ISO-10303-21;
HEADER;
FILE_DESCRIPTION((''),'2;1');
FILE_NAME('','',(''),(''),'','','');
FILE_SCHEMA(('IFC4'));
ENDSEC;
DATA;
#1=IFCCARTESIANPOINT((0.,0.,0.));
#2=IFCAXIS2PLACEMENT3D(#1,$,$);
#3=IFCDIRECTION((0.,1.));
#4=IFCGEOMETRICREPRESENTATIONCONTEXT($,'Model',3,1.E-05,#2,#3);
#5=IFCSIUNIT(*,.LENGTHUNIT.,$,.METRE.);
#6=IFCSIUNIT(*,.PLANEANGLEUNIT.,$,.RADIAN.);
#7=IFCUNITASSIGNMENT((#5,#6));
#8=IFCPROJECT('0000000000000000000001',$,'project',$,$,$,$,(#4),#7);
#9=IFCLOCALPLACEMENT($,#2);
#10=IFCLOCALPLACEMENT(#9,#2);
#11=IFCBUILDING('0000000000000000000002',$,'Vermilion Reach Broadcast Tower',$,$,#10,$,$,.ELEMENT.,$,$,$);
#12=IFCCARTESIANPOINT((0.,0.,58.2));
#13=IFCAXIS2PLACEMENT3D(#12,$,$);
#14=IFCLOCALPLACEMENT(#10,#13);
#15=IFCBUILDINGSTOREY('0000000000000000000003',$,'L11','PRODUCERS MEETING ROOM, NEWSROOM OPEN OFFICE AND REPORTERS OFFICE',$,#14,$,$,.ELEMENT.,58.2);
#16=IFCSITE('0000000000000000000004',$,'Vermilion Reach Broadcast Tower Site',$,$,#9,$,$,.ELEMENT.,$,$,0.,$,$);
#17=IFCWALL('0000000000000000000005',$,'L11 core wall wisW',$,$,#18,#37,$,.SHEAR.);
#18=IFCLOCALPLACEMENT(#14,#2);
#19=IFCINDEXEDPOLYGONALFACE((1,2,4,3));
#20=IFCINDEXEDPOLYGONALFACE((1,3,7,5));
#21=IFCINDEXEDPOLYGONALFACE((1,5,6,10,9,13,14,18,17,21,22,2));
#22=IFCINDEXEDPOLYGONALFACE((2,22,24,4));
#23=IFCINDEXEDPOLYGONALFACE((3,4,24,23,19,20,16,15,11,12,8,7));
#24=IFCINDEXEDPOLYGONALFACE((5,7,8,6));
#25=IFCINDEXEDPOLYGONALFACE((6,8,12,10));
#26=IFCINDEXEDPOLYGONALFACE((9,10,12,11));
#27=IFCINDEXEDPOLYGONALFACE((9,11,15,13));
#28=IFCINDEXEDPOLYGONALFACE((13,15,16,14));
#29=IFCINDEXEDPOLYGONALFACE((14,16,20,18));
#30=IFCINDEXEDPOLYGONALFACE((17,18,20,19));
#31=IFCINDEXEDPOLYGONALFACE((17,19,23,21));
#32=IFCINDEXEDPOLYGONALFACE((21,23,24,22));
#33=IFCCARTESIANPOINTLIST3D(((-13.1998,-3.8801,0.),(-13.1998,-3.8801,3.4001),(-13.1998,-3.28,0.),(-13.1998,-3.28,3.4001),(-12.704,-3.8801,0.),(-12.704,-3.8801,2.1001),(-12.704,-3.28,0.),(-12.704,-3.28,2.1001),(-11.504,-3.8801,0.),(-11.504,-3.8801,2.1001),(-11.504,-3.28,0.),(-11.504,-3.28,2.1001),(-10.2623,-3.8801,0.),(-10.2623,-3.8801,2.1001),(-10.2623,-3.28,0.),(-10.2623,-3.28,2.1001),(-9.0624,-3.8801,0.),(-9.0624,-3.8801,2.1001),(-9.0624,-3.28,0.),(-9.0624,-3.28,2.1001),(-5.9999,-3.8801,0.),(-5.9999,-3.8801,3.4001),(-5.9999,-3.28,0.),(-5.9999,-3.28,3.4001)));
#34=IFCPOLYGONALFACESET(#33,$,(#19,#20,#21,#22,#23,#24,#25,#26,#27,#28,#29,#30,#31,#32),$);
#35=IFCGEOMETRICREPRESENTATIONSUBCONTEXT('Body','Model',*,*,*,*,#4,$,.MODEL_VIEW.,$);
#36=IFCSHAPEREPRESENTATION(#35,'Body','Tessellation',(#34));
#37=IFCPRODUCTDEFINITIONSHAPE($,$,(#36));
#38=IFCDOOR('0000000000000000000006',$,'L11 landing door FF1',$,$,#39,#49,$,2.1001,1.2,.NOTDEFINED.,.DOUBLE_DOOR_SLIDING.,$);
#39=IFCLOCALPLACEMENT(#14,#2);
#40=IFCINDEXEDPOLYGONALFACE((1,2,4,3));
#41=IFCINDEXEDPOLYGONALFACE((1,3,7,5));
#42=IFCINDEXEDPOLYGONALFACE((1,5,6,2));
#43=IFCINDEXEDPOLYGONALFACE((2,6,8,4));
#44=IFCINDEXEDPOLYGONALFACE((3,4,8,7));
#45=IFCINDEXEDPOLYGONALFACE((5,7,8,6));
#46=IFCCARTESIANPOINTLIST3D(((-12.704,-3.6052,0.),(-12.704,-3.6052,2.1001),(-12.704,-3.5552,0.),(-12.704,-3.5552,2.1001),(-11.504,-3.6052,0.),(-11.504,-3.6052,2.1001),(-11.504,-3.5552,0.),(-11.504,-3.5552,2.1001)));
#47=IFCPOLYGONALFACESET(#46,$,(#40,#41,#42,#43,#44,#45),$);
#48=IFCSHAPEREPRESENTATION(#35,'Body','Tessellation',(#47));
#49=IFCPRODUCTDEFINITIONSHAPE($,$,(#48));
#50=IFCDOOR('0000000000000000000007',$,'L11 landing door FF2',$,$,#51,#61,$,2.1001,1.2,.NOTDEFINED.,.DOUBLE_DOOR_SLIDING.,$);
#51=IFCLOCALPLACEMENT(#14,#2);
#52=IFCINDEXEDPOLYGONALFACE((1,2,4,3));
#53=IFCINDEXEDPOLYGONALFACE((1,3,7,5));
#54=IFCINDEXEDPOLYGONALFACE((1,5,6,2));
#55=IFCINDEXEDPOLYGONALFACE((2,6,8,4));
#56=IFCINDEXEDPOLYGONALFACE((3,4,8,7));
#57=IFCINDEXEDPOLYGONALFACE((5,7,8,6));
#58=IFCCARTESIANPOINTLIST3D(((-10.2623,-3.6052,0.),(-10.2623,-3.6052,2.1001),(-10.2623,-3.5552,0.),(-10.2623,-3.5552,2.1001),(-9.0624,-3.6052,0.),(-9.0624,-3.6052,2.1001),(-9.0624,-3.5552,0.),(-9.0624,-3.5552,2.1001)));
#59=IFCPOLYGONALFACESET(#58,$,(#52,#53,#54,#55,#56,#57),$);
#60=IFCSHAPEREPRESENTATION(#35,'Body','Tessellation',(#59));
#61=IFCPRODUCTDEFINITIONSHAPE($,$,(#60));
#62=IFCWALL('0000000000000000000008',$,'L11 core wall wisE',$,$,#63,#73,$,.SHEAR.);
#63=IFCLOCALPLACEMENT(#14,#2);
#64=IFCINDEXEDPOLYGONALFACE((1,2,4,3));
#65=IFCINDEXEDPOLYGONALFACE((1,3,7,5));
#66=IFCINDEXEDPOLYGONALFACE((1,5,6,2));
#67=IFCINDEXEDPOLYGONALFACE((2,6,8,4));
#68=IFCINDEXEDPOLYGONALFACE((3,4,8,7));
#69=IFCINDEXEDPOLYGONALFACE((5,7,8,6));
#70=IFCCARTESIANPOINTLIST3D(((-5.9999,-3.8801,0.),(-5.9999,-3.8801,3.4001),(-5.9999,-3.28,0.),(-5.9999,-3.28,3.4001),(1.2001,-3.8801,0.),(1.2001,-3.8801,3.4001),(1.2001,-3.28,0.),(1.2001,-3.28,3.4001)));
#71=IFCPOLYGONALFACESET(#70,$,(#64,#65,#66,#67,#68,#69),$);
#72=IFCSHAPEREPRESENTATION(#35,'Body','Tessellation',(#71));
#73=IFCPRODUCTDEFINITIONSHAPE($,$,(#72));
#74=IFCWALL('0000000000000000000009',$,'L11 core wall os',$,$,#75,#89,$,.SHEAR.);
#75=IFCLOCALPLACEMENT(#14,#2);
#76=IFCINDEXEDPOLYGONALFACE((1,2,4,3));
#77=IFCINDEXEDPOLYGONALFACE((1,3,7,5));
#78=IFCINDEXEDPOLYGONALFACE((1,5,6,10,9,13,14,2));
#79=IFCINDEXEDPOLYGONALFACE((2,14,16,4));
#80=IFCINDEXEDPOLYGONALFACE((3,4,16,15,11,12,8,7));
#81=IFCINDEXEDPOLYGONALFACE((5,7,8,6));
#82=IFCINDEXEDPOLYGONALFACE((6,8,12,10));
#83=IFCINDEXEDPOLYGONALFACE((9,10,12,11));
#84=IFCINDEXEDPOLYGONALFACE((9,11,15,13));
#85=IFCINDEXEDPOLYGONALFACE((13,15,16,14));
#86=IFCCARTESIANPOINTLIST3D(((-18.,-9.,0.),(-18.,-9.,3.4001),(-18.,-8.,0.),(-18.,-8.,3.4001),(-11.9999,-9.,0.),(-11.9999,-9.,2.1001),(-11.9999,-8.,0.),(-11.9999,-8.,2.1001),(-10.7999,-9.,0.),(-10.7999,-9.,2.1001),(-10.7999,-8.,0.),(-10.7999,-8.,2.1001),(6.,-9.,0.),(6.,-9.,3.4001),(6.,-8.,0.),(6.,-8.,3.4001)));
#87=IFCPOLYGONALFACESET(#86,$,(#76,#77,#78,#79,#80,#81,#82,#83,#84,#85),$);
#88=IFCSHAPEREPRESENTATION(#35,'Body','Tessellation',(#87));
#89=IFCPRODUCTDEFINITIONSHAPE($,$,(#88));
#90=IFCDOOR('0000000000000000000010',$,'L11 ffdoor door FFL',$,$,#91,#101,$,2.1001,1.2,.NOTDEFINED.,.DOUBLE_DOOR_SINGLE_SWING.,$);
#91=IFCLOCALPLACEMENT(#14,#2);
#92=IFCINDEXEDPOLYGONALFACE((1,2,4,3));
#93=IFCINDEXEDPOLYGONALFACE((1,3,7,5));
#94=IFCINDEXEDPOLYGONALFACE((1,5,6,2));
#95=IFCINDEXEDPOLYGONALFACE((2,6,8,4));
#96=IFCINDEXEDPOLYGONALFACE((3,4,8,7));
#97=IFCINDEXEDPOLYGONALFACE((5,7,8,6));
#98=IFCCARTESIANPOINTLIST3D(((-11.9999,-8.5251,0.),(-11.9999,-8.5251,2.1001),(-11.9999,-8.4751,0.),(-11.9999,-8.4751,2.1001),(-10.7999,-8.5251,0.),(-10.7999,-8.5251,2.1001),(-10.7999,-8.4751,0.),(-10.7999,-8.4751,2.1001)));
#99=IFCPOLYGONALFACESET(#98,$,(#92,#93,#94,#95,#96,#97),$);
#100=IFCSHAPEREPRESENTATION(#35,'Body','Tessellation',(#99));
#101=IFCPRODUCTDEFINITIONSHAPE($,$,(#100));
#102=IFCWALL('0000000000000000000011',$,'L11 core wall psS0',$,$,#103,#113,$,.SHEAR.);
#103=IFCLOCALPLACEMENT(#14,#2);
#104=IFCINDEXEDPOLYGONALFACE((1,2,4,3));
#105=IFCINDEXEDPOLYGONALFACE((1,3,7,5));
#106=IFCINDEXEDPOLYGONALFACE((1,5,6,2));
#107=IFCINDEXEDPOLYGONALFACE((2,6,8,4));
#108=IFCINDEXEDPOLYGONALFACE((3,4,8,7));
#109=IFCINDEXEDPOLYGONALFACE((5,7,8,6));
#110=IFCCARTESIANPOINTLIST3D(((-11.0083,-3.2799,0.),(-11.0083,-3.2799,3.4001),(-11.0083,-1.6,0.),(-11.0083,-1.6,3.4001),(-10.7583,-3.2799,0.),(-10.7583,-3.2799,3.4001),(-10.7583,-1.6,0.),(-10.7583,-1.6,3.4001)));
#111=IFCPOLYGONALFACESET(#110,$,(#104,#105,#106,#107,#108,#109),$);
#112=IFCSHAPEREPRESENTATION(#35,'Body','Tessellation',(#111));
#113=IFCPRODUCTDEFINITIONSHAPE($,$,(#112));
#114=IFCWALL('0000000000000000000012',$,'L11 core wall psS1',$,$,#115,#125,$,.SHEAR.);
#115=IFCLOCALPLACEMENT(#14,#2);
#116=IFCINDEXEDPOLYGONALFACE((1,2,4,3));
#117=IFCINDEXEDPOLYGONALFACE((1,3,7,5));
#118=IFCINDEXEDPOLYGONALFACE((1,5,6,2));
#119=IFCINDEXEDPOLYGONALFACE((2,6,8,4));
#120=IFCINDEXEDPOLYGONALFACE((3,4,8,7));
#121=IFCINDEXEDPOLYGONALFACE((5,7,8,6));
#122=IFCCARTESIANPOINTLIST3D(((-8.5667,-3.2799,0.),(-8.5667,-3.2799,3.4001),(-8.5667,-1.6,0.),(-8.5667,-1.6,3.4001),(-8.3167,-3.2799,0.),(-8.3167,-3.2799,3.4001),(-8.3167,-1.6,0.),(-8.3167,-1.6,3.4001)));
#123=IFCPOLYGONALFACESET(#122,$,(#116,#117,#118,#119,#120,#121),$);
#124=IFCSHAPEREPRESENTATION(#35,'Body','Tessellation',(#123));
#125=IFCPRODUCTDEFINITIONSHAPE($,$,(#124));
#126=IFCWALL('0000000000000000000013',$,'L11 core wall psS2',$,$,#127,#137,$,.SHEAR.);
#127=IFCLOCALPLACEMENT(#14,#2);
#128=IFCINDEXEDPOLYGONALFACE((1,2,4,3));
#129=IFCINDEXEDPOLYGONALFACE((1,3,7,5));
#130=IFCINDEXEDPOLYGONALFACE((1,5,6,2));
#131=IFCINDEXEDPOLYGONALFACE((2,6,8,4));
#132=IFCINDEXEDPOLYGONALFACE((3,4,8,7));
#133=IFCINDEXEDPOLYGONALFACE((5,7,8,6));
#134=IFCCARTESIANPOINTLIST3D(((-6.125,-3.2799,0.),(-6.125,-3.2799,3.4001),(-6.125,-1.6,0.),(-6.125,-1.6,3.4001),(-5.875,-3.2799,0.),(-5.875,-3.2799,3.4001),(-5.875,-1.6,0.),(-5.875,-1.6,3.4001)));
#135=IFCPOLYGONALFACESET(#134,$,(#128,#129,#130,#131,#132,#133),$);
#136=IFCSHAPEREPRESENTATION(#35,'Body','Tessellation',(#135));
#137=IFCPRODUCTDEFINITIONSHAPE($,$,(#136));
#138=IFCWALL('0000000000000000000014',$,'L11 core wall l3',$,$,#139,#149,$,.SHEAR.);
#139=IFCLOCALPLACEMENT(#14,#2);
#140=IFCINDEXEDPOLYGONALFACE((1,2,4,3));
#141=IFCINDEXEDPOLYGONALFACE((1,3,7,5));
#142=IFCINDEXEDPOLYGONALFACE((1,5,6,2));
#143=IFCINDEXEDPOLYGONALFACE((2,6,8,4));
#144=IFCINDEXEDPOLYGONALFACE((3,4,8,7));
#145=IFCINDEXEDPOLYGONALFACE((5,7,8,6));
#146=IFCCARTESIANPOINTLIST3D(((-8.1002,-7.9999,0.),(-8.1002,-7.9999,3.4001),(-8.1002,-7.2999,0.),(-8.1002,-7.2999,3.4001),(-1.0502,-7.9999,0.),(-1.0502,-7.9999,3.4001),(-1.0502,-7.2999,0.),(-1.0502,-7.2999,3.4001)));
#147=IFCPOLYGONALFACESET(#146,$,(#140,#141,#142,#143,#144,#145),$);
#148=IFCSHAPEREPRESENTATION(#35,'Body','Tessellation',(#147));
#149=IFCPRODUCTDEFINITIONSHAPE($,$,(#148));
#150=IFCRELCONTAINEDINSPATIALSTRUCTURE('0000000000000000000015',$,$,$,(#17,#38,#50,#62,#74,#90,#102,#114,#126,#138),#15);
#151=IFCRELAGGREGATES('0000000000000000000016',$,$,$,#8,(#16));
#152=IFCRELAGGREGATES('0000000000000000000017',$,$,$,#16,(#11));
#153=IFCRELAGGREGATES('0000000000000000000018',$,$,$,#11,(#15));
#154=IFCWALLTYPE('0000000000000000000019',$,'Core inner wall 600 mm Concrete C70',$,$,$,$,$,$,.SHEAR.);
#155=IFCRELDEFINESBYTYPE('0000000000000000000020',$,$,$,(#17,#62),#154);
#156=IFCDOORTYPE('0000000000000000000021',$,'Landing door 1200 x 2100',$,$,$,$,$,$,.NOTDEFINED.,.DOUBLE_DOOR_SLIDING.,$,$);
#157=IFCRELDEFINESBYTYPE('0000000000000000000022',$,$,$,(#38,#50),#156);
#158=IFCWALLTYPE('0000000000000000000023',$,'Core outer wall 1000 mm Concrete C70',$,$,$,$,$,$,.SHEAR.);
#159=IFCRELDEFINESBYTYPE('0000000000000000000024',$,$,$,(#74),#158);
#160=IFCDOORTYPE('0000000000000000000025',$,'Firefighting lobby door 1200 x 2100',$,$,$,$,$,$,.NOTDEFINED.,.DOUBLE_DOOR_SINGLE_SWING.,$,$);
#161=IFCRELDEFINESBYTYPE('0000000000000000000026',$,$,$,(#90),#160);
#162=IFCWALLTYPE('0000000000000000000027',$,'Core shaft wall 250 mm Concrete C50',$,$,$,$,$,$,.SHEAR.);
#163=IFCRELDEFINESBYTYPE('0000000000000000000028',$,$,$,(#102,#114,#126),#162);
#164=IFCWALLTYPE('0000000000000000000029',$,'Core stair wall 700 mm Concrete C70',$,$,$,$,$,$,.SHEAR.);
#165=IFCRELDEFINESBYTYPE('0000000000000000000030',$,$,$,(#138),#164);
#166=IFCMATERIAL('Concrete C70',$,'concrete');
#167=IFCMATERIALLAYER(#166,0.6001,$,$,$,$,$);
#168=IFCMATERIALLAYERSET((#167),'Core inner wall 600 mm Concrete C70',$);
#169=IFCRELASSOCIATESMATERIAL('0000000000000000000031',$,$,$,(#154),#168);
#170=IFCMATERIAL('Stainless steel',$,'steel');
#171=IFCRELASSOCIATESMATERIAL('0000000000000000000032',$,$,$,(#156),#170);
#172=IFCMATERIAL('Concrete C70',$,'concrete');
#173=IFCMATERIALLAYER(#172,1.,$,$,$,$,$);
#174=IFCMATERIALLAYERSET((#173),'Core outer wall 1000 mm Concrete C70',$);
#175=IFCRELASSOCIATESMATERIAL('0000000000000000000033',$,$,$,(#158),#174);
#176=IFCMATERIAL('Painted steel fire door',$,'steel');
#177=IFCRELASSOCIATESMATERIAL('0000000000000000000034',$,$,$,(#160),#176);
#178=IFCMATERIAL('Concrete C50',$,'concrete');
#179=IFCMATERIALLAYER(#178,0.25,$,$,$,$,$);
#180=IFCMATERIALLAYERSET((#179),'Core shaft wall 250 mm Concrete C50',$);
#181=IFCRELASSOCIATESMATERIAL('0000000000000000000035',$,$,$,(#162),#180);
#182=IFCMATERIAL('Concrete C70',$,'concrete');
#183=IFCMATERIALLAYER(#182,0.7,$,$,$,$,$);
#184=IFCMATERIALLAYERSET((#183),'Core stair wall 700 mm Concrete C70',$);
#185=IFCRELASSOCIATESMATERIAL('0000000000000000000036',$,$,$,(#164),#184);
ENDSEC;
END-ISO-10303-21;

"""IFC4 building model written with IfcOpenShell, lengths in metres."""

from ifc_helpers import new_model, si_unit, direction, frame, frame_2d, origin, place, context, subcontext, project, spatial, rectangle, extrude, material, layer, layer_set, type_object, element, fill, save


model = new_model("IFC4")

# Units and contexts
model_context = context("Model", 3, precision=1e-05, world=origin(), true_north=direction((0.0, 1.0)))
body_context = subcontext(model_context, "Body", "Model", "MODEL_VIEW")
ifc_project = project(units=[si_unit("LENGTHUNIT", "METRE"), si_unit("PLANEANGLEUNIT", "RADIAN")], contexts=[model_context])

# Site, building, storey
site_placement = place(None, origin())
site = spatial("IfcSite", under=ifc_project, at=site_placement, Name="Vermilion Reach Broadcast Tower Site", CompositionType="ELEMENT", RefElevation=0.0)
building_placement = place(site_placement, origin())
building = spatial("IfcBuilding", under=site, at=building_placement, Name="Vermilion Reach Broadcast Tower", CompositionType="ELEMENT")
storey_placement = place(building_placement, frame((0.0, 0.0, 58.2)))
storey = spatial("IfcBuildingStorey", under=building, at=storey_placement, Name="L11", Description="PRODUCERS MEETING ROOM, NEWSROOM OPEN OFFICE AND REPORTERS OFFICE", CompositionType="ELEMENT", Elevation=58.2)

# Wall, openings, doors
ifc_material_1 = material(Name="Concrete C70", Category="concrete")
ifc_layer_1 = layer(ifc_material_1, 0.6001)
ifc_layer_set_1 = layer_set([ifc_layer_1], Name="Core inner wall 600 mm Concrete C70")
wall_type_1 = type_object("IfcWallType", Name="Core inner wall 600 mm Concrete C70", PredefinedType="SHEAR", material=ifc_layer_set_1)
wall_1_placement = place(storey_placement, frame((-13.2, -3.5801, 0.0), z_axis=(0.0, 0.0, 1.0), x_axis=(1.0, 0.0, 0.0)))
wall_1 = element("IfcWall", 1, at=wall_1_placement, inside=storey, type_object=wall_type_1, Name="L11 core wall wisW", PredefinedType="SHEAR", context=body_context, shape_type="SweptSolid", body=[
    extrude(rectangle(XDim=7.2, YDim=0.6001, at=frame_2d((3.6001, 0.0))), origin(), (0.0, 0.0, 1.0), 3.4001),
])
opening_1_placement = place(wall_1_placement, frame((0.4958, 0.0, 0.0)))
opening_1 = element("IfcOpeningElement", 2, at=opening_1_placement, cuts=wall_1, PredefinedType="OPENING", context=body_context, shape_type="SweptSolid", body=[
    extrude(rectangle(XDim=1.2, YDim=2.1001, at=frame_2d((0.6001, 1.05))), frame((0.0, 0.3101, 0.0), z_axis=(0.0, -1.0, 0.0), x_axis=(1.0, 0.0, 0.0)), (0.0, 0.0, 1.0), 0.6201),
])
opening_2_placement = place(wall_1_placement, frame((2.9375, 0.0, 0.0)))
opening_2 = element("IfcOpeningElement", 3, at=opening_2_placement, cuts=wall_1, PredefinedType="OPENING", context=body_context, shape_type="SweptSolid", body=[
    extrude(rectangle(XDim=1.2, YDim=2.1001, at=frame_2d((0.6001, 1.05))), frame((0.0, 0.3101, 0.0), z_axis=(0.0, -1.0, 0.0), x_axis=(1.0, 0.0, 0.0)), (0.0, 0.0, 1.0), 0.6201),
])
ifc_material_2 = material(Name="Stainless steel", Category="steel")
door_type_1 = type_object("IfcDoorType", Name="Landing door 1200 x 2100", OperationType="DOUBLE_DOOR_SLIDING", PredefinedType="NOTDEFINED", material=ifc_material_2)
door_1_placement = place(opening_1_placement, origin())
door_1 = element("IfcDoor", 4, at=door_1_placement, inside=storey, type_object=door_type_1, Name="L11 landing door FF1", OperationType="DOUBLE_DOOR_SLIDING", OverallHeight=2.1001, OverallWidth=1.2, PredefinedType="NOTDEFINED", context=body_context, shape_type="SweptSolid", body=[
    extrude(rectangle(XDim=1.2, YDim=2.1001, at=frame_2d((0.6001, 1.05))), frame((0.0, 0.0249, 0.0), z_axis=(0.0, -1.0, 0.0), x_axis=(1.0, 0.0, 0.0)), (0.0, 0.0, 1.0), 0.05),
])
fill(opening_1, door_1)
door_2_placement = place(opening_2_placement, origin())
door_2 = element("IfcDoor", 5, at=door_2_placement, inside=storey, type_object=door_type_1, Name="L11 landing door FF2", OperationType="DOUBLE_DOOR_SLIDING", OverallHeight=2.1001, OverallWidth=1.2, PredefinedType="NOTDEFINED", context=body_context, shape_type="SweptSolid", body=[
    extrude(rectangle(XDim=1.2, YDim=2.1001, at=frame_2d((0.6001, 1.05))), frame((0.0, 0.0249, 0.0), z_axis=(0.0, -1.0, 0.0), x_axis=(1.0, 0.0, 0.0)), (0.0, 0.0, 1.0), 0.05),
])
fill(opening_2, door_2)

# Wall
wall_2_placement = place(storey_placement, frame((-6.0, -3.5801, 0.0), z_axis=(0.0, 0.0, 1.0), x_axis=(1.0, 0.0, 0.0)))
element("IfcWall", 6, at=wall_2_placement, inside=storey, type_object=wall_type_1, Name="L11 core wall wisE", PredefinedType="SHEAR", context=body_context, shape_type="SweptSolid", body=[
    extrude(rectangle(XDim=7.2, YDim=0.6001, at=frame_2d((3.6001, 0.0))), origin(), (0.0, 0.0, 1.0), 3.4001),
])

# Wall, opening, door
ifc_material_3 = material(Name="Concrete C70", Category="concrete")
ifc_layer_2 = layer(ifc_material_3, 1.0)
ifc_layer_set_2 = layer_set([ifc_layer_2], Name="Core outer wall 1000 mm Concrete C70")
wall_type_2 = type_object("IfcWallType", Name="Core outer wall 1000 mm Concrete C70", PredefinedType="SHEAR", material=ifc_layer_set_2)
wall_3_placement = place(storey_placement, frame((-18.0, -8.5, 0.0), z_axis=(0.0, 0.0, 1.0), x_axis=(1.0, 0.0, 0.0)))
wall_3 = element("IfcWall", 7, at=wall_3_placement, inside=storey, type_object=wall_type_2, Name="L11 core wall os", PredefinedType="SHEAR", context=body_context, shape_type="SweptSolid", body=[
    extrude(rectangle(XDim=24.0, YDim=1.0, at=frame_2d((12.0, 0.0))), origin(), (0.0, 0.0, 1.0), 3.4001),
])
opening_3_placement = place(wall_3_placement, frame((6.0, 0.0, 0.0)))
opening_3 = element("IfcOpeningElement", 8, at=opening_3_placement, cuts=wall_3, PredefinedType="OPENING", context=body_context, shape_type="SweptSolid", body=[
    extrude(rectangle(XDim=1.2, YDim=2.1001, at=frame_2d((0.6001, 1.05))), frame((0.0, 0.51, 0.0), z_axis=(0.0, -1.0, 0.0), x_axis=(1.0, 0.0, 0.0)), (0.0, 0.0, 1.0), 1.02),
])
ifc_material_4 = material(Name="Painted steel fire door", Category="steel")
door_type_2 = type_object("IfcDoorType", Name="Firefighting lobby door 1200 x 2100", OperationType="DOUBLE_DOOR_SINGLE_SWING", PredefinedType="NOTDEFINED", material=ifc_material_4)
door_3_placement = place(opening_3_placement, origin())
door_3 = element("IfcDoor", 9, at=door_3_placement, inside=storey, type_object=door_type_2, Name="L11 ffdoor door FFL", OperationType="DOUBLE_DOOR_SINGLE_SWING", OverallHeight=2.1001, OverallWidth=1.2, PredefinedType="NOTDEFINED", context=body_context, shape_type="SweptSolid", body=[
    extrude(rectangle(XDim=1.2, YDim=2.1001, at=frame_2d((0.6001, 1.05))), frame((0.0, 0.0249, 0.0), z_axis=(0.0, -1.0, 0.0), x_axis=(1.0, 0.0, 0.0)), (0.0, 0.0, 1.0), 0.05),
])
fill(opening_3, door_3)

# Walls
ifc_material_5 = material(Name="Concrete C50", Category="concrete")
ifc_layer_3 = layer(ifc_material_5, 0.25)
ifc_layer_set_3 = layer_set([ifc_layer_3], Name="Core shaft wall 250 mm Concrete C50")
wall_type_3 = type_object("IfcWallType", Name="Core shaft wall 250 mm Concrete C50", PredefinedType="SHEAR", material=ifc_layer_set_3)
for number, where, z_axis, x_axis, name in (
    (10, (-10.8833, -1.6001, 0.0), (0.0, 0.0, 1.0), (0.0, -1.0, 0.0), "L11 core wall psS0"),
    (11, (-8.4417, -1.6001, 0.0), (0.0, 0.0, 1.0), (0.0, -1.0, 0.0), "L11 core wall psS1"),
    (12, (-6.0, -1.6001, 0.0), (0.0, 0.0, 1.0), (0.0, -1.0, 0.0), "L11 core wall psS2"),
):
    element("IfcWall", number, at=place(storey_placement, frame(where, z_axis=z_axis, x_axis=x_axis)), inside=storey, type_object=wall_type_3, Name=name, PredefinedType="SHEAR", context=body_context, shape_type="SweptSolid", body=[
        extrude(rectangle(XDim=1.6799, YDim=0.25, at=frame_2d((0.8398, 0.0))), origin(), (0.0, 0.0, 1.0), 3.4001),
    ])
ifc_material_6 = material(Name="Concrete C70", Category="concrete")
ifc_layer_4 = layer(ifc_material_6, 0.7)
ifc_layer_set_4 = layer_set([ifc_layer_4], Name="Core stair wall 700 mm Concrete C70")
wall_type_4 = type_object("IfcWallType", Name="Core stair wall 700 mm Concrete C70", PredefinedType="SHEAR", material=ifc_layer_set_4)
wall_4_placement = place(storey_placement, frame((-8.1001, -7.6499, 0.0), z_axis=(0.0, 0.0, 1.0), x_axis=(1.0, 0.0, 0.0)))
element("IfcWall", 13, at=wall_4_placement, inside=storey, type_object=wall_type_4, Name="L11 core wall l3", PredefinedType="SHEAR", context=body_context, shape_type="SweptSolid", body=[
    extrude(rectangle(XDim=7.05, YDim=0.7, at=frame_2d((3.5249, 0.0))), origin(), (0.0, 0.0, 1.0), 3.4001),
])

save(model, "model.ifc")
